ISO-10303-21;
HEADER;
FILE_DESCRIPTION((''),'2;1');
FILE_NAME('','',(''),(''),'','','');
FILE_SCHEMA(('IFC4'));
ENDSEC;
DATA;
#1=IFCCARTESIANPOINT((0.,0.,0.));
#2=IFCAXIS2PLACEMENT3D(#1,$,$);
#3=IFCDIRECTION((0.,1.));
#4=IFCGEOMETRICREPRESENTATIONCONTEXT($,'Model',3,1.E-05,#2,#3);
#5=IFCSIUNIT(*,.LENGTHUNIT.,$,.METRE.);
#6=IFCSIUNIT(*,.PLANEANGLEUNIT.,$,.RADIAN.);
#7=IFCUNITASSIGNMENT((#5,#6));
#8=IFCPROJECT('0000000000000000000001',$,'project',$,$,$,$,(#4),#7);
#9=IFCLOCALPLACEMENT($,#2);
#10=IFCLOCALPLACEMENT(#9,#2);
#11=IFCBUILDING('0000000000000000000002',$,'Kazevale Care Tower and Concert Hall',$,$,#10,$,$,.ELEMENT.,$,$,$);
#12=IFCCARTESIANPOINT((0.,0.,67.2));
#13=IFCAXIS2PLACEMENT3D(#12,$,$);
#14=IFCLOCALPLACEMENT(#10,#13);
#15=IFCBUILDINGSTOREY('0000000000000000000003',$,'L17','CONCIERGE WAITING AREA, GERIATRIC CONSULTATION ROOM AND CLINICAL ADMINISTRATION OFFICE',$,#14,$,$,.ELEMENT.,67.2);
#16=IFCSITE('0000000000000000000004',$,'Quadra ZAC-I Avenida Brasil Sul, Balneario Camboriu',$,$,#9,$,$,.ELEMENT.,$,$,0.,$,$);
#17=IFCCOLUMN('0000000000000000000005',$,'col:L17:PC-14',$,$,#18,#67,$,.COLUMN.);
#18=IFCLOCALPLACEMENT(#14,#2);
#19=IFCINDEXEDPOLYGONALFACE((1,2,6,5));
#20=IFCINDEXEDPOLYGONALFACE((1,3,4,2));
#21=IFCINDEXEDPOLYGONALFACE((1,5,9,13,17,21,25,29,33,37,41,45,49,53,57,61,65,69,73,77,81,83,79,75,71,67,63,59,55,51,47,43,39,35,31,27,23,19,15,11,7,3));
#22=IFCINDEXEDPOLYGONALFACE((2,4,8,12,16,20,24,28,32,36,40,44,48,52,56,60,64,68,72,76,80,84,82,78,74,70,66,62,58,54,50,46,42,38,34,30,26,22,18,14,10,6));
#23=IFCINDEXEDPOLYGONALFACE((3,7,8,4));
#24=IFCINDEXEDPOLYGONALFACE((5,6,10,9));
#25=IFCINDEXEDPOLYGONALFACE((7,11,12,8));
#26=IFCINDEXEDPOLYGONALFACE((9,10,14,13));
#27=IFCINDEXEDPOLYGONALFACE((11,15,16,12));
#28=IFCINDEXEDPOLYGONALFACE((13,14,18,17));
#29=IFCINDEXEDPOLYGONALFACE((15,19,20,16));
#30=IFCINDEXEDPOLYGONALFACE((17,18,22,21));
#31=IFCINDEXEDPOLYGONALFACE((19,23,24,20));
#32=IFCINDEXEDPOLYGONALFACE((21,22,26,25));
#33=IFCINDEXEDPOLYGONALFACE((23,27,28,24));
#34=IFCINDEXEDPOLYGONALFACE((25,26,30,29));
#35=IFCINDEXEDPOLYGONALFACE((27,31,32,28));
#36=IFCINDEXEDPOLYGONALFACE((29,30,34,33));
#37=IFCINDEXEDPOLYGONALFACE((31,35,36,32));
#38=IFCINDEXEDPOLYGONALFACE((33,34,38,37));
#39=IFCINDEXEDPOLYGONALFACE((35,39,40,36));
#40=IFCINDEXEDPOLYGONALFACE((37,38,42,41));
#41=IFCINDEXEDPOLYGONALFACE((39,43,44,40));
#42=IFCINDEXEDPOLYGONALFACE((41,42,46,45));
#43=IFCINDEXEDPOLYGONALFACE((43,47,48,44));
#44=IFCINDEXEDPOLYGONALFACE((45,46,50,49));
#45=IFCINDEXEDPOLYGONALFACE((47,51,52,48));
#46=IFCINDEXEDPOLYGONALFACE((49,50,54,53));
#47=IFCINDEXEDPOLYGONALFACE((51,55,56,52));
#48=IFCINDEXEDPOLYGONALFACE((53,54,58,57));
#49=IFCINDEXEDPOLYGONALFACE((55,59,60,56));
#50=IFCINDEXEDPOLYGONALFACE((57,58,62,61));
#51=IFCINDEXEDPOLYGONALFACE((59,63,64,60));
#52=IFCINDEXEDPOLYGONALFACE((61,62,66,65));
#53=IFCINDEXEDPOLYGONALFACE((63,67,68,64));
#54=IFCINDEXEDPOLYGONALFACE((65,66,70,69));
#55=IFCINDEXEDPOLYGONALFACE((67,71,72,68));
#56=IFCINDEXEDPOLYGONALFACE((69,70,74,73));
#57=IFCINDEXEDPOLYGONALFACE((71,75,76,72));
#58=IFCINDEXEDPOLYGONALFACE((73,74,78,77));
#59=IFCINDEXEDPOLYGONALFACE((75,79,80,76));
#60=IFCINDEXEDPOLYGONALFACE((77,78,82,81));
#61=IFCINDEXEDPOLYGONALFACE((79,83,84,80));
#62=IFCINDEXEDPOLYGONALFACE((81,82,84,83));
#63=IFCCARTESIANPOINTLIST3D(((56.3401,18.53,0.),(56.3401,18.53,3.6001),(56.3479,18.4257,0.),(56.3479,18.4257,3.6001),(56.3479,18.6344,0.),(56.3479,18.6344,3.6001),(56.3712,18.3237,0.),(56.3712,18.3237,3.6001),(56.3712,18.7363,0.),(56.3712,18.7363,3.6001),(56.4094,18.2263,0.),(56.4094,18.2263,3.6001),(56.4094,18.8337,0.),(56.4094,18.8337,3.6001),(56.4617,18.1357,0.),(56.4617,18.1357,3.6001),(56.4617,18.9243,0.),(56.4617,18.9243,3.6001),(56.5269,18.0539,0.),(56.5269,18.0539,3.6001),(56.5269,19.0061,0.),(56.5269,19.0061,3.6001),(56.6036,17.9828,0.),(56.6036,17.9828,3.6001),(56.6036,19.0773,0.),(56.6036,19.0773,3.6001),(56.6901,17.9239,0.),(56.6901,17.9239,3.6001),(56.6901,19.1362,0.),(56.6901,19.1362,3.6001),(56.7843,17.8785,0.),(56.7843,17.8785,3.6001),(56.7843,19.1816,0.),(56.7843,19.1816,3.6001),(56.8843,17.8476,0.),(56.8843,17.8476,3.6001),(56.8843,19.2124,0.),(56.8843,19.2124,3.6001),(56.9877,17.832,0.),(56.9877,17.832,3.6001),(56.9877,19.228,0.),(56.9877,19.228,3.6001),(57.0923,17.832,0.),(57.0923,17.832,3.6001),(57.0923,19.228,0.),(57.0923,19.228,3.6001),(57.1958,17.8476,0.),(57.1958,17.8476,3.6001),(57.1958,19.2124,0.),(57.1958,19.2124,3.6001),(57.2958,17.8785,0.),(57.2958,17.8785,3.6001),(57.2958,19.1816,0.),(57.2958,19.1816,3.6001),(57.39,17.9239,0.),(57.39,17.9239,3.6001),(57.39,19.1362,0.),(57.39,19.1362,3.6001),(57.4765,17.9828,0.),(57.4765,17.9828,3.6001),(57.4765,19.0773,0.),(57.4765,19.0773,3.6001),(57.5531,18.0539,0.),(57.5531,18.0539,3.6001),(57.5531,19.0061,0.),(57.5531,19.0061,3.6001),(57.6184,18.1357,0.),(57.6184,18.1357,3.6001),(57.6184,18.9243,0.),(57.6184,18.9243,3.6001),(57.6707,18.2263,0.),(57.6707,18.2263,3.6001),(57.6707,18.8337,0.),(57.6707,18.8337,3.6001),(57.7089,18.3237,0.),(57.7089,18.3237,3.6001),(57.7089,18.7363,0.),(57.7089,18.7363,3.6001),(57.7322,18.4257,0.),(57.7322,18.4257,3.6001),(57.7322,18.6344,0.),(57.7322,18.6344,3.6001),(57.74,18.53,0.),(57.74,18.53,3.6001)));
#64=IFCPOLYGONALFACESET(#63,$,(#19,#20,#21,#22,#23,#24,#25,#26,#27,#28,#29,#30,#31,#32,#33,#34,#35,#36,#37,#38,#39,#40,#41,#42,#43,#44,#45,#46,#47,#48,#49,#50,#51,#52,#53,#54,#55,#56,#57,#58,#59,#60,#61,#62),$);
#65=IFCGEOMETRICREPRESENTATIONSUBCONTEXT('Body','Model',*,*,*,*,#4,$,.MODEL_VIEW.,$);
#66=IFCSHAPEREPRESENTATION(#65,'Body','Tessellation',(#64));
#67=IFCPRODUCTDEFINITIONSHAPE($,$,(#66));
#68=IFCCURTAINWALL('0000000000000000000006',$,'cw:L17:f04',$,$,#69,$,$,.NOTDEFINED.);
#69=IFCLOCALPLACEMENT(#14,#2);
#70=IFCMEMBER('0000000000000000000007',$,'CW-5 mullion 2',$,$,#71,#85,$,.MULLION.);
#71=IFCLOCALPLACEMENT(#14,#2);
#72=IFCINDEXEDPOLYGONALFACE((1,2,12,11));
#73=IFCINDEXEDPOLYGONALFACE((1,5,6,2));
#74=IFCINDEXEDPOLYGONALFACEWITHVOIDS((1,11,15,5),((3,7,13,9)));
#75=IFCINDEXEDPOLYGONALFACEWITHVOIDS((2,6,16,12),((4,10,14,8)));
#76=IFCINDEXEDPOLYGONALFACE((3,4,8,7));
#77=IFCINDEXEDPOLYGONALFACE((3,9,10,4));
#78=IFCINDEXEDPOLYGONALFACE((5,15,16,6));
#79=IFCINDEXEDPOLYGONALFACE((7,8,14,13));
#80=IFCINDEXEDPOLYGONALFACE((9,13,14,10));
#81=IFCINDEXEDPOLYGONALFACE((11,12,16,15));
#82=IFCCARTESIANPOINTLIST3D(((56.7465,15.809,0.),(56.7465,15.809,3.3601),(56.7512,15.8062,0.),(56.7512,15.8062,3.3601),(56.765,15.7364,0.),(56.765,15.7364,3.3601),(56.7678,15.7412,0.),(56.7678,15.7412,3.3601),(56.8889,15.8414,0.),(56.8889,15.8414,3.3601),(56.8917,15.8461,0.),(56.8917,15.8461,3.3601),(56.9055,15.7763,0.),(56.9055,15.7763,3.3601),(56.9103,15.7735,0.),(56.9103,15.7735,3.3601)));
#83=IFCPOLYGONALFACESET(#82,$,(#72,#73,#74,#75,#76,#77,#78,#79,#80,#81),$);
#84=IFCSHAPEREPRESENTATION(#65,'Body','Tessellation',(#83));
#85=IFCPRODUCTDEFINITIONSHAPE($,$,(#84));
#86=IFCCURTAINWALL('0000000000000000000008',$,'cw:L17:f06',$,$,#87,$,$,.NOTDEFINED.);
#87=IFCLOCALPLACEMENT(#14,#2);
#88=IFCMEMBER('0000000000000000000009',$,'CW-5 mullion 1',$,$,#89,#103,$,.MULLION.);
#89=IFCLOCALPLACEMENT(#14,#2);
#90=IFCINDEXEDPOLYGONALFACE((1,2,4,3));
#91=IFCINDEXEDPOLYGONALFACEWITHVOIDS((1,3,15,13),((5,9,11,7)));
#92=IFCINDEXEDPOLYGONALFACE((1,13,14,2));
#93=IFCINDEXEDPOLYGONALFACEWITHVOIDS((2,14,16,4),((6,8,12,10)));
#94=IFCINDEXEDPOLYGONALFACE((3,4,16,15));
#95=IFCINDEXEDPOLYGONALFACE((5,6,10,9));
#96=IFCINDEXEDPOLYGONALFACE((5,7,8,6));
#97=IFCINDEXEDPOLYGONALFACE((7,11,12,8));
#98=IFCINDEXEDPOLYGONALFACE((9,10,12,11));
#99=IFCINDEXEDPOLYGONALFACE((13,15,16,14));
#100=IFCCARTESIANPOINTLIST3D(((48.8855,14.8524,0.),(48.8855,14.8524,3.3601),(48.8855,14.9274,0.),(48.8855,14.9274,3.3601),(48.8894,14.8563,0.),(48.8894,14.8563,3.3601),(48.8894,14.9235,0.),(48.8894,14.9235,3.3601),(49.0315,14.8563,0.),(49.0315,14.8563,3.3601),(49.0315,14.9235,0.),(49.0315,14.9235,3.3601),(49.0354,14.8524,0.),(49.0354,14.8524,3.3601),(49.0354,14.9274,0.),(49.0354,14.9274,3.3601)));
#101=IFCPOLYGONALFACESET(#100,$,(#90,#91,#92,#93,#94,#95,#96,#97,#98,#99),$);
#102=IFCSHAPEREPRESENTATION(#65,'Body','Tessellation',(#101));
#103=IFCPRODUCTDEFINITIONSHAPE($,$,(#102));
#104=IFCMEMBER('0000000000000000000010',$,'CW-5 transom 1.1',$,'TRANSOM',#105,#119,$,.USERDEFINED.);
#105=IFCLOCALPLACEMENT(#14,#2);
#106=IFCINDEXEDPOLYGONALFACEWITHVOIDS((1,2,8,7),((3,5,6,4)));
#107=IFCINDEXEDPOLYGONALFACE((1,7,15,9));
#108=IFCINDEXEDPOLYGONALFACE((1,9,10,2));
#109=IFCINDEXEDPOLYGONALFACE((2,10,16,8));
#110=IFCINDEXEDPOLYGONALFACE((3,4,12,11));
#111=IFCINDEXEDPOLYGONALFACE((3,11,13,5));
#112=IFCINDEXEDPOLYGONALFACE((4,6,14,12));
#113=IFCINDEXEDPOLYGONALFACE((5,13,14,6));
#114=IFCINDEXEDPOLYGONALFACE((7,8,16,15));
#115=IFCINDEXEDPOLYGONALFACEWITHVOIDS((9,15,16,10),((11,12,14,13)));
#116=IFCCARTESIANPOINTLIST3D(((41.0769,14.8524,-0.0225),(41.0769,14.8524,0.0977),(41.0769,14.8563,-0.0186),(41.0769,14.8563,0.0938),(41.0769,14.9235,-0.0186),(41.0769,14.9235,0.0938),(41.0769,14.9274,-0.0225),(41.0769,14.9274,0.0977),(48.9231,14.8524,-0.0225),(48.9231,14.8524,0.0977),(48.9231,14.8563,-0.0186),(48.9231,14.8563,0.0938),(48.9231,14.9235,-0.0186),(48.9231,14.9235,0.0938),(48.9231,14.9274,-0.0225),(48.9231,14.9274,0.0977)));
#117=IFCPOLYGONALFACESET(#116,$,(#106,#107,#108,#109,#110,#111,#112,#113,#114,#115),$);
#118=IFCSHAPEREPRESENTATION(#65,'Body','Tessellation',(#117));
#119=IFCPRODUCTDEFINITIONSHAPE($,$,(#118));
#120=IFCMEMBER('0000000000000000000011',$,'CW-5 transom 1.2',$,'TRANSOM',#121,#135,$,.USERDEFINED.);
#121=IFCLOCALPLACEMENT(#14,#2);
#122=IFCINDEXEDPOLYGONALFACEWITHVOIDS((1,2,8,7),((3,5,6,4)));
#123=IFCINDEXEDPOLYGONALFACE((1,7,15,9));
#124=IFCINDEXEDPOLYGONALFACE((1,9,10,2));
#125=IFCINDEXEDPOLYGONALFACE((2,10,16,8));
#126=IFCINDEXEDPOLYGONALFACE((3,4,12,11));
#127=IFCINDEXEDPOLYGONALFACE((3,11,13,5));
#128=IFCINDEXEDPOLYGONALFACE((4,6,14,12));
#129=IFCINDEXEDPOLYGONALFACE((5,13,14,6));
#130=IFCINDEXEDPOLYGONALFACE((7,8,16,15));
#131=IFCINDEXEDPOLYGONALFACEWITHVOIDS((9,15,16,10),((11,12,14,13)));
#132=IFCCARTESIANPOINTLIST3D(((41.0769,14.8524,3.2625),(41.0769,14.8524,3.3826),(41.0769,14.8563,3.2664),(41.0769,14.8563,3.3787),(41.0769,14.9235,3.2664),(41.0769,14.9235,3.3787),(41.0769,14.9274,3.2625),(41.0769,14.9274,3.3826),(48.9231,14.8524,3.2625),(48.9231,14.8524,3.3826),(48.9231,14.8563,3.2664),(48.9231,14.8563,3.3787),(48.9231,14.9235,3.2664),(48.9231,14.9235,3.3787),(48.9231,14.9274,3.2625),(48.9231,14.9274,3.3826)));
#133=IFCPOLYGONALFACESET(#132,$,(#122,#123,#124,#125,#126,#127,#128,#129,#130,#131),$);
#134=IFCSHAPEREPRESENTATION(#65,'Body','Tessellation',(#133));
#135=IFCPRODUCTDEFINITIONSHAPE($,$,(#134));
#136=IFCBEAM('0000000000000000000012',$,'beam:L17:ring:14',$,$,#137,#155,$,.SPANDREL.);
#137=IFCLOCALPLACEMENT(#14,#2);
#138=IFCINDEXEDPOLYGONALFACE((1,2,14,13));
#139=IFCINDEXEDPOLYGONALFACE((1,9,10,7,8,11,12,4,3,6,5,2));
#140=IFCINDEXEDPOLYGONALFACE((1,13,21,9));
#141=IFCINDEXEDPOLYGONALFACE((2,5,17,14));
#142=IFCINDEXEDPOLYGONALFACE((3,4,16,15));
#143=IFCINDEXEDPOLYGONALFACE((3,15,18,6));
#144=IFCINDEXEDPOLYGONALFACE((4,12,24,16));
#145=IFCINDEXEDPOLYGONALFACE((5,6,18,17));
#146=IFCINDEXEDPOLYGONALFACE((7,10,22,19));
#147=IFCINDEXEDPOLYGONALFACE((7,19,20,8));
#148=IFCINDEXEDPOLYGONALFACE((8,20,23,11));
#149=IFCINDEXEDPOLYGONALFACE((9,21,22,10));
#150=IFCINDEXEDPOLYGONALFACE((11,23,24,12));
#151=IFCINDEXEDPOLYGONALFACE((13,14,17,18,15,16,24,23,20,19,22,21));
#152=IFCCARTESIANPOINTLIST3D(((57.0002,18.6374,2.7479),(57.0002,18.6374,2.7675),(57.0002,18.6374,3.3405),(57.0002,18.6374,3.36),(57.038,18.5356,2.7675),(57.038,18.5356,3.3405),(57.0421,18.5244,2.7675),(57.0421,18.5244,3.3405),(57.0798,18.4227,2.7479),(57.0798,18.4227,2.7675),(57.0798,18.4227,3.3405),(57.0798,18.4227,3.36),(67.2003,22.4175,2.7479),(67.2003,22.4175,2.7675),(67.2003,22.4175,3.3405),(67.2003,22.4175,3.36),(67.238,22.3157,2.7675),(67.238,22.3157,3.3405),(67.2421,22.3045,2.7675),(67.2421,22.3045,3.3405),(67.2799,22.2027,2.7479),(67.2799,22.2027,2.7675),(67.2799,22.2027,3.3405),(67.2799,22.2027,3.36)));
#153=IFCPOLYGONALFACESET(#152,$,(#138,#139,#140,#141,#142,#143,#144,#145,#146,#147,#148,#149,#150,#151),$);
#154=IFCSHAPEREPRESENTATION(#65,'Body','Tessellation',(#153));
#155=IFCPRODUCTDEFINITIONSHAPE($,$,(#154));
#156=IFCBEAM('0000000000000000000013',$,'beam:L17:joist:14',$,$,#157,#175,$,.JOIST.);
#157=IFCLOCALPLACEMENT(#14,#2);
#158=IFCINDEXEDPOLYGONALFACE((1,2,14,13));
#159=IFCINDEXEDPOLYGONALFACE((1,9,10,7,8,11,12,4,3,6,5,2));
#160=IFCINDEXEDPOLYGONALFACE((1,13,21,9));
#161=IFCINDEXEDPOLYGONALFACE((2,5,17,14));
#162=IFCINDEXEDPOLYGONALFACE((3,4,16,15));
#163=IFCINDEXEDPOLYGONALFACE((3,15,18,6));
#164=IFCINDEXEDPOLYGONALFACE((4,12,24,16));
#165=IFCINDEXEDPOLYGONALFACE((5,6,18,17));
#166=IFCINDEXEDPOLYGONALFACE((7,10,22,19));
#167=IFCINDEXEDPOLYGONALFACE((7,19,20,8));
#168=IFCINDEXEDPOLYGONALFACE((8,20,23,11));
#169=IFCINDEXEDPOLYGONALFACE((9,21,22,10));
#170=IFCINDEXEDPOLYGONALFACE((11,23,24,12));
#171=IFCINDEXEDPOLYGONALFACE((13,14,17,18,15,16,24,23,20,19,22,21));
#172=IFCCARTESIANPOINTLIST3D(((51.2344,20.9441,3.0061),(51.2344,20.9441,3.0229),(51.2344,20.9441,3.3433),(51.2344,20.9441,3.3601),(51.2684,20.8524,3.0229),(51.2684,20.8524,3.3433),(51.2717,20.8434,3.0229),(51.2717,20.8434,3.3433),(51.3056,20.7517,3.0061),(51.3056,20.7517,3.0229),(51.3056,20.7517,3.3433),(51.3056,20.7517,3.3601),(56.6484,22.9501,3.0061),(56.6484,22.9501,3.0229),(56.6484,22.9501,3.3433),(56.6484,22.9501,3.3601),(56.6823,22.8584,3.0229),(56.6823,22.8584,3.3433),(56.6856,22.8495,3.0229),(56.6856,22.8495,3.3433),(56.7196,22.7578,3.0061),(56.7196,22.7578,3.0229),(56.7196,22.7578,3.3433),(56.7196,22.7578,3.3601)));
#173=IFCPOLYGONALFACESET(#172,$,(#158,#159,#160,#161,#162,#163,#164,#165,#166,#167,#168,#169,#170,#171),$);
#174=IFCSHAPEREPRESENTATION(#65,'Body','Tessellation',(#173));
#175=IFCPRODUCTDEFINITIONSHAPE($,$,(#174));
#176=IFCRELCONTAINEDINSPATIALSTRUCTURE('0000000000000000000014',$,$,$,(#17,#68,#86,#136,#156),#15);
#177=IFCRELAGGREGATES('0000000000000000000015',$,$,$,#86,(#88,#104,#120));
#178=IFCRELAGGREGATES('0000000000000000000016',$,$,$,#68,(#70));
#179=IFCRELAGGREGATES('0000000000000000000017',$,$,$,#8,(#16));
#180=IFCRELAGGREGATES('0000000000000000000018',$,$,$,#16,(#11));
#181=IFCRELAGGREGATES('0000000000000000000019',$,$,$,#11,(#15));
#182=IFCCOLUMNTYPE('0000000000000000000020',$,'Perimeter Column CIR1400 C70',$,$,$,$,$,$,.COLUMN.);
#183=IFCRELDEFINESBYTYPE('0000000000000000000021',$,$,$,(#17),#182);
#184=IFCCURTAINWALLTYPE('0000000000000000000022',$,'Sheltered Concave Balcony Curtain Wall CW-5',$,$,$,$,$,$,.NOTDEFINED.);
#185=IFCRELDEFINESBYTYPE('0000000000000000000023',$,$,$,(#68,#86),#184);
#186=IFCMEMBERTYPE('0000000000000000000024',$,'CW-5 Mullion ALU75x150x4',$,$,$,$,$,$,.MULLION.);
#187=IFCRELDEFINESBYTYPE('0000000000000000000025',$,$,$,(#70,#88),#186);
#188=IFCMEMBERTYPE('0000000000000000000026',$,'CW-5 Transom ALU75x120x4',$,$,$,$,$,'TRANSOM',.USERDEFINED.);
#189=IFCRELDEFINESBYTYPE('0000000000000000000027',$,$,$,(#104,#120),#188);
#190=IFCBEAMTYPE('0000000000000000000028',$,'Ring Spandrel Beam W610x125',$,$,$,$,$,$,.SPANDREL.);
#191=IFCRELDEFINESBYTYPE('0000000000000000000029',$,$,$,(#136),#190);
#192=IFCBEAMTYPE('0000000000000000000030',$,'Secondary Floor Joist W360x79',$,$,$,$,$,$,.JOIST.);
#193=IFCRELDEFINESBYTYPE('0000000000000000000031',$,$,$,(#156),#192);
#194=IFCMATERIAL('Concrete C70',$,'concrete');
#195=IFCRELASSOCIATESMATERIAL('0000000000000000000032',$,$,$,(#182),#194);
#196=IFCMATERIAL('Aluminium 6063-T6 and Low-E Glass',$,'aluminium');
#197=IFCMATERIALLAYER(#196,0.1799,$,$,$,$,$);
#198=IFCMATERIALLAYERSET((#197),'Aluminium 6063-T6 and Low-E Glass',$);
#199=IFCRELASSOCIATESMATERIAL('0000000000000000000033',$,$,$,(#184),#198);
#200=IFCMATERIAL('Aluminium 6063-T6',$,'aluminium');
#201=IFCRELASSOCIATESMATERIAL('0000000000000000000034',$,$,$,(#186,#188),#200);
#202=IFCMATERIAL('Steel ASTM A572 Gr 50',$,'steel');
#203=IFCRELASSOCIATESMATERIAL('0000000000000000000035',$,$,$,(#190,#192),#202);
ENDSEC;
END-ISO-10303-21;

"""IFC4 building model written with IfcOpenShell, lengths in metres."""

from ifc_helpers import new_model, si_unit, direction, frame, origin, origin_2d, place, context, subcontext, project, spatial, hollow_rectangle, circle, i_section, extrude, material, layer, layer_set, material_profile, profile_set, type_object, element, aggregate, save


model = new_model("IFC4")

# Units and contexts
model_context = context("Model", 3, precision=1e-05, world=origin(), true_north=direction((0.0, 1.0)))
body_context = subcontext(model_context, "Body", "Model", "MODEL_VIEW")
ifc_project = project(units=[si_unit("LENGTHUNIT", "METRE"), si_unit("PLANEANGLEUNIT", "RADIAN")], contexts=[model_context])

# Site, building, storey
site_placement = place(None, origin())
site = spatial("IfcSite", under=ifc_project, at=site_placement, Name="Quadra ZAC-I Avenida Brasil Sul, Balneario Camboriu", CompositionType="ELEMENT", RefElevation=0.0)
building_placement = place(site_placement, origin())
building = spatial("IfcBuilding", under=site, at=building_placement, Name="Kazevale Care Tower and Concert Hall", CompositionType="ELEMENT")
storey_placement = place(building_placement, frame((0.0, 0.0, 67.2)))
storey = spatial("IfcBuildingStorey", under=building, at=storey_placement, Name="L17", Description="CONCIERGE WAITING AREA, GERIATRIC CONSULTATION ROOM AND CLINICAL ADMINISTRATION OFFICE", CompositionType="ELEMENT", Elevation=67.2)

# Column
ifc_material_1 = material(Name="Concrete C70", Category="concrete")
ifc_material_profile_1 = material_profile(ifc_material_1, circle(Radius=0.7, at=origin_2d()), Name="RC-CIR1400")
ifc_profile_set_1 = profile_set([ifc_material_profile_1], Name="Concrete C70")
column_type = type_object("IfcColumnType", Name="Perimeter Column CIR1400 C70", PredefinedType="COLUMN", material=ifc_profile_set_1)
column_placement = place(storey_placement, frame((57.04, 18.53, 0.0), z_axis=(0.0, 0.0, 1.0), x_axis=(1.0, 0.0, 0.0)))
element("IfcColumn", 1, at=column_placement, inside=storey, type_object=column_type, Name="col:L17:PC-14", PredefinedType="COLUMN", context=body_context, shape_type="SweptSolid", body=[
    extrude(circle(Radius=0.7, at=origin_2d()), origin(), (0.0, 0.0, 1.0), 3.6001),
])

# Curtain wall, member
ifc_material_2 = material(Name="Aluminium 6063-T6 and Low-E Glass", Category="aluminium")
ifc_layer_1 = layer(ifc_material_2, 0.1799)
ifc_layer_set_1 = layer_set([ifc_layer_1], Name="Aluminium 6063-T6 and Low-E Glass")
curtain_wall_type = type_object("IfcCurtainWallType", Name="Sheltered Concave Balcony Curtain Wall CW-5", PredefinedType="NOTDEFINED", material=ifc_layer_set_1)
curtain_wall_1_placement = place(storey_placement, origin())
curtain_wall_1 = element("IfcCurtainWall", 2, at=curtain_wall_1_placement, inside=storey, type_object=curtain_wall_type, Name="cw:L17:f04", PredefinedType="NOTDEFINED")
ifc_material_3 = material(Name="Aluminium 6063-T6", Category="aluminium")
ifc_material_profile_2 = material_profile(ifc_material_3, hollow_rectangle(XDim=0.075, YDim=0.1499, WallThickness=0.0039, at=origin_2d()), Name="ALU75x150x4")
ifc_profile_set_2 = profile_set([ifc_material_profile_2], Name="Aluminium 6063-T6")
member_type_1 = type_object("IfcMemberType", Name="CW-5 Mullion ALU75x150x4", PredefinedType="MULLION", material=ifc_profile_set_2)
member_1_placement = place(storey_placement, frame((56.8284, 15.7913, 0.0), z_axis=(0.0, 0.0, 1.0), x_axis=(0.247222, -0.968959, 0.0)))
member_1 = element("IfcMember", 3, at=member_1_placement, type_object=member_type_1, Name="CW-5 mullion 2", PredefinedType="MULLION", context=body_context, shape_type="SweptSolid", body=[
    extrude(hollow_rectangle(XDim=0.075, YDim=0.1499, WallThickness=0.0039, at=origin_2d()), origin(), (0.0, 0.0, 1.0), 3.3601),
])

# Curtain wall, members
curtain_wall_2_placement = place(storey_placement, origin())
curtain_wall_2 = element("IfcCurtainWall", 4, at=curtain_wall_2_placement, inside=storey, type_object=curtain_wall_type, Name="cw:L17:f06", PredefinedType="NOTDEFINED")
member_2_placement = place(storey_placement, frame((48.9604, 14.8899, 0.0), z_axis=(0.0, 0.0, 1.0), x_axis=(0.0, -1.0, 0.0)))
member_2 = element("IfcMember", 5, at=member_2_placement, type_object=member_type_1, Name="CW-5 mullion 1", PredefinedType="MULLION", context=body_context, shape_type="SweptSolid", body=[
    extrude(hollow_rectangle(XDim=0.075, YDim=0.1499, WallThickness=0.0039, at=origin_2d()), origin(), (0.0, 0.0, 1.0), 3.3601),
])
ifc_material_profile_3 = material_profile(ifc_material_3, hollow_rectangle(XDim=0.075, YDim=0.1201, WallThickness=0.0039, at=origin_2d()), Name="ALU75x120x4")
ifc_profile_set_3 = profile_set([ifc_material_profile_3], Name="Aluminium 6063-T6")
member_type_2 = type_object("IfcMemberType", Name="CW-5 Transom ALU75x120x4", ElementType="TRANSOM", PredefinedType="USERDEFINED", material=ifc_profile_set_3)
member_3_placement = place(storey_placement, frame((48.9231, 14.8899, 0.0376), z_axis=(-1.0, 0.0, 0.0), x_axis=(0.0, -1.0, 0.0)))
member_3 = element("IfcMember", 6, at=member_3_placement, type_object=member_type_2, Name="CW-5 transom 1.1", ObjectType="TRANSOM", PredefinedType="USERDEFINED", context=body_context, shape_type="SweptSolid", body=[
    extrude(hollow_rectangle(XDim=0.075, YDim=0.1201, WallThickness=0.0039, at=origin_2d()), origin(), (0.0, 0.0, 1.0), 7.8462),
])
member_4_placement = place(storey_placement, frame((48.9231, 14.8899, 3.3225), z_axis=(-1.0, 0.0, 0.0), x_axis=(0.0, -1.0, 0.0)))
member_4 = element("IfcMember", 7, at=member_4_placement, type_object=member_type_2, Name="CW-5 transom 1.2", ObjectType="TRANSOM", PredefinedType="USERDEFINED", context=body_context, shape_type="SweptSolid", body=[
    extrude(hollow_rectangle(XDim=0.075, YDim=0.1201, WallThickness=0.0039, at=origin_2d()), origin(), (0.0, 0.0, 1.0), 7.8462),
])
aggregate(curtain_wall_2, [member_2, member_3, member_4])

# Beams
ifc_material_4 = material(Name="Steel ASTM A572 Gr 50", Category="steel")
ifc_material_profile_4 = material_profile(ifc_material_4, i_section(OverallWidth=0.229, OverallDepth=0.6121, WebThickness=0.012, FlangeThickness=0.0195, at=origin_2d()), Name="W610x125")
ifc_profile_set_4 = profile_set([ifc_material_profile_4], Name="Steel ASTM A572 Gr 50")
beam_type_1 = type_object("IfcBeamType", Name="Ring Spandrel Beam W610x125", PredefinedType="SPANDREL", material=ifc_profile_set_4)
beam_1_placement = place(storey_placement, frame((57.04, 18.53, 3.054), z_axis=(0.937681, 0.347498, 0.0), x_axis=(-0.347498, 0.937681, 0.0)))
element("IfcBeam", 8, at=beam_1_placement, inside=storey, type_object=beam_type_1, Name="beam:L17:ring:14", PredefinedType="SPANDREL", context=body_context, shape_type="SweptSolid", body=[
    extrude(i_section(OverallWidth=0.229, OverallDepth=0.6121, WebThickness=0.012, FlangeThickness=0.0195, at=origin_2d()), origin(), (0.0, 0.0, 1.0), 10.8779),
])
ifc_material_profile_5 = material_profile(ifc_material_4, i_section(OverallWidth=0.2051, OverallDepth=0.354, WebThickness=0.0095, FlangeThickness=0.0168, at=origin_2d()), Name="W360x79")
ifc_profile_set_5 = profile_set([ifc_material_profile_5], Name="Steel ASTM A572 Gr 50")
beam_type_2 = type_object("IfcBeamType", Name="Secondary Floor Joist W360x79", PredefinedType="JOIST", material=ifc_profile_set_5)
beam_2_placement = place(storey_placement, frame((51.27, 20.8479, 3.1831), z_axis=(0.937698, 0.347451, 0.0), x_axis=(-0.347451, 0.937698, 0.0)))
element("IfcBeam", 9, at=beam_2_placement, inside=storey, type_object=beam_type_2, Name="beam:L17:joist:14", PredefinedType="JOIST", context=body_context, shape_type="SweptSolid", body=[
    extrude(i_section(OverallWidth=0.2051, OverallDepth=0.354, WebThickness=0.0095, FlangeThickness=0.0168, at=origin_2d()), origin(), (0.0, 0.0, 1.0), 5.7737),
])

aggregate(curtain_wall_1, [member_1])

save(model, "model.ifc")
